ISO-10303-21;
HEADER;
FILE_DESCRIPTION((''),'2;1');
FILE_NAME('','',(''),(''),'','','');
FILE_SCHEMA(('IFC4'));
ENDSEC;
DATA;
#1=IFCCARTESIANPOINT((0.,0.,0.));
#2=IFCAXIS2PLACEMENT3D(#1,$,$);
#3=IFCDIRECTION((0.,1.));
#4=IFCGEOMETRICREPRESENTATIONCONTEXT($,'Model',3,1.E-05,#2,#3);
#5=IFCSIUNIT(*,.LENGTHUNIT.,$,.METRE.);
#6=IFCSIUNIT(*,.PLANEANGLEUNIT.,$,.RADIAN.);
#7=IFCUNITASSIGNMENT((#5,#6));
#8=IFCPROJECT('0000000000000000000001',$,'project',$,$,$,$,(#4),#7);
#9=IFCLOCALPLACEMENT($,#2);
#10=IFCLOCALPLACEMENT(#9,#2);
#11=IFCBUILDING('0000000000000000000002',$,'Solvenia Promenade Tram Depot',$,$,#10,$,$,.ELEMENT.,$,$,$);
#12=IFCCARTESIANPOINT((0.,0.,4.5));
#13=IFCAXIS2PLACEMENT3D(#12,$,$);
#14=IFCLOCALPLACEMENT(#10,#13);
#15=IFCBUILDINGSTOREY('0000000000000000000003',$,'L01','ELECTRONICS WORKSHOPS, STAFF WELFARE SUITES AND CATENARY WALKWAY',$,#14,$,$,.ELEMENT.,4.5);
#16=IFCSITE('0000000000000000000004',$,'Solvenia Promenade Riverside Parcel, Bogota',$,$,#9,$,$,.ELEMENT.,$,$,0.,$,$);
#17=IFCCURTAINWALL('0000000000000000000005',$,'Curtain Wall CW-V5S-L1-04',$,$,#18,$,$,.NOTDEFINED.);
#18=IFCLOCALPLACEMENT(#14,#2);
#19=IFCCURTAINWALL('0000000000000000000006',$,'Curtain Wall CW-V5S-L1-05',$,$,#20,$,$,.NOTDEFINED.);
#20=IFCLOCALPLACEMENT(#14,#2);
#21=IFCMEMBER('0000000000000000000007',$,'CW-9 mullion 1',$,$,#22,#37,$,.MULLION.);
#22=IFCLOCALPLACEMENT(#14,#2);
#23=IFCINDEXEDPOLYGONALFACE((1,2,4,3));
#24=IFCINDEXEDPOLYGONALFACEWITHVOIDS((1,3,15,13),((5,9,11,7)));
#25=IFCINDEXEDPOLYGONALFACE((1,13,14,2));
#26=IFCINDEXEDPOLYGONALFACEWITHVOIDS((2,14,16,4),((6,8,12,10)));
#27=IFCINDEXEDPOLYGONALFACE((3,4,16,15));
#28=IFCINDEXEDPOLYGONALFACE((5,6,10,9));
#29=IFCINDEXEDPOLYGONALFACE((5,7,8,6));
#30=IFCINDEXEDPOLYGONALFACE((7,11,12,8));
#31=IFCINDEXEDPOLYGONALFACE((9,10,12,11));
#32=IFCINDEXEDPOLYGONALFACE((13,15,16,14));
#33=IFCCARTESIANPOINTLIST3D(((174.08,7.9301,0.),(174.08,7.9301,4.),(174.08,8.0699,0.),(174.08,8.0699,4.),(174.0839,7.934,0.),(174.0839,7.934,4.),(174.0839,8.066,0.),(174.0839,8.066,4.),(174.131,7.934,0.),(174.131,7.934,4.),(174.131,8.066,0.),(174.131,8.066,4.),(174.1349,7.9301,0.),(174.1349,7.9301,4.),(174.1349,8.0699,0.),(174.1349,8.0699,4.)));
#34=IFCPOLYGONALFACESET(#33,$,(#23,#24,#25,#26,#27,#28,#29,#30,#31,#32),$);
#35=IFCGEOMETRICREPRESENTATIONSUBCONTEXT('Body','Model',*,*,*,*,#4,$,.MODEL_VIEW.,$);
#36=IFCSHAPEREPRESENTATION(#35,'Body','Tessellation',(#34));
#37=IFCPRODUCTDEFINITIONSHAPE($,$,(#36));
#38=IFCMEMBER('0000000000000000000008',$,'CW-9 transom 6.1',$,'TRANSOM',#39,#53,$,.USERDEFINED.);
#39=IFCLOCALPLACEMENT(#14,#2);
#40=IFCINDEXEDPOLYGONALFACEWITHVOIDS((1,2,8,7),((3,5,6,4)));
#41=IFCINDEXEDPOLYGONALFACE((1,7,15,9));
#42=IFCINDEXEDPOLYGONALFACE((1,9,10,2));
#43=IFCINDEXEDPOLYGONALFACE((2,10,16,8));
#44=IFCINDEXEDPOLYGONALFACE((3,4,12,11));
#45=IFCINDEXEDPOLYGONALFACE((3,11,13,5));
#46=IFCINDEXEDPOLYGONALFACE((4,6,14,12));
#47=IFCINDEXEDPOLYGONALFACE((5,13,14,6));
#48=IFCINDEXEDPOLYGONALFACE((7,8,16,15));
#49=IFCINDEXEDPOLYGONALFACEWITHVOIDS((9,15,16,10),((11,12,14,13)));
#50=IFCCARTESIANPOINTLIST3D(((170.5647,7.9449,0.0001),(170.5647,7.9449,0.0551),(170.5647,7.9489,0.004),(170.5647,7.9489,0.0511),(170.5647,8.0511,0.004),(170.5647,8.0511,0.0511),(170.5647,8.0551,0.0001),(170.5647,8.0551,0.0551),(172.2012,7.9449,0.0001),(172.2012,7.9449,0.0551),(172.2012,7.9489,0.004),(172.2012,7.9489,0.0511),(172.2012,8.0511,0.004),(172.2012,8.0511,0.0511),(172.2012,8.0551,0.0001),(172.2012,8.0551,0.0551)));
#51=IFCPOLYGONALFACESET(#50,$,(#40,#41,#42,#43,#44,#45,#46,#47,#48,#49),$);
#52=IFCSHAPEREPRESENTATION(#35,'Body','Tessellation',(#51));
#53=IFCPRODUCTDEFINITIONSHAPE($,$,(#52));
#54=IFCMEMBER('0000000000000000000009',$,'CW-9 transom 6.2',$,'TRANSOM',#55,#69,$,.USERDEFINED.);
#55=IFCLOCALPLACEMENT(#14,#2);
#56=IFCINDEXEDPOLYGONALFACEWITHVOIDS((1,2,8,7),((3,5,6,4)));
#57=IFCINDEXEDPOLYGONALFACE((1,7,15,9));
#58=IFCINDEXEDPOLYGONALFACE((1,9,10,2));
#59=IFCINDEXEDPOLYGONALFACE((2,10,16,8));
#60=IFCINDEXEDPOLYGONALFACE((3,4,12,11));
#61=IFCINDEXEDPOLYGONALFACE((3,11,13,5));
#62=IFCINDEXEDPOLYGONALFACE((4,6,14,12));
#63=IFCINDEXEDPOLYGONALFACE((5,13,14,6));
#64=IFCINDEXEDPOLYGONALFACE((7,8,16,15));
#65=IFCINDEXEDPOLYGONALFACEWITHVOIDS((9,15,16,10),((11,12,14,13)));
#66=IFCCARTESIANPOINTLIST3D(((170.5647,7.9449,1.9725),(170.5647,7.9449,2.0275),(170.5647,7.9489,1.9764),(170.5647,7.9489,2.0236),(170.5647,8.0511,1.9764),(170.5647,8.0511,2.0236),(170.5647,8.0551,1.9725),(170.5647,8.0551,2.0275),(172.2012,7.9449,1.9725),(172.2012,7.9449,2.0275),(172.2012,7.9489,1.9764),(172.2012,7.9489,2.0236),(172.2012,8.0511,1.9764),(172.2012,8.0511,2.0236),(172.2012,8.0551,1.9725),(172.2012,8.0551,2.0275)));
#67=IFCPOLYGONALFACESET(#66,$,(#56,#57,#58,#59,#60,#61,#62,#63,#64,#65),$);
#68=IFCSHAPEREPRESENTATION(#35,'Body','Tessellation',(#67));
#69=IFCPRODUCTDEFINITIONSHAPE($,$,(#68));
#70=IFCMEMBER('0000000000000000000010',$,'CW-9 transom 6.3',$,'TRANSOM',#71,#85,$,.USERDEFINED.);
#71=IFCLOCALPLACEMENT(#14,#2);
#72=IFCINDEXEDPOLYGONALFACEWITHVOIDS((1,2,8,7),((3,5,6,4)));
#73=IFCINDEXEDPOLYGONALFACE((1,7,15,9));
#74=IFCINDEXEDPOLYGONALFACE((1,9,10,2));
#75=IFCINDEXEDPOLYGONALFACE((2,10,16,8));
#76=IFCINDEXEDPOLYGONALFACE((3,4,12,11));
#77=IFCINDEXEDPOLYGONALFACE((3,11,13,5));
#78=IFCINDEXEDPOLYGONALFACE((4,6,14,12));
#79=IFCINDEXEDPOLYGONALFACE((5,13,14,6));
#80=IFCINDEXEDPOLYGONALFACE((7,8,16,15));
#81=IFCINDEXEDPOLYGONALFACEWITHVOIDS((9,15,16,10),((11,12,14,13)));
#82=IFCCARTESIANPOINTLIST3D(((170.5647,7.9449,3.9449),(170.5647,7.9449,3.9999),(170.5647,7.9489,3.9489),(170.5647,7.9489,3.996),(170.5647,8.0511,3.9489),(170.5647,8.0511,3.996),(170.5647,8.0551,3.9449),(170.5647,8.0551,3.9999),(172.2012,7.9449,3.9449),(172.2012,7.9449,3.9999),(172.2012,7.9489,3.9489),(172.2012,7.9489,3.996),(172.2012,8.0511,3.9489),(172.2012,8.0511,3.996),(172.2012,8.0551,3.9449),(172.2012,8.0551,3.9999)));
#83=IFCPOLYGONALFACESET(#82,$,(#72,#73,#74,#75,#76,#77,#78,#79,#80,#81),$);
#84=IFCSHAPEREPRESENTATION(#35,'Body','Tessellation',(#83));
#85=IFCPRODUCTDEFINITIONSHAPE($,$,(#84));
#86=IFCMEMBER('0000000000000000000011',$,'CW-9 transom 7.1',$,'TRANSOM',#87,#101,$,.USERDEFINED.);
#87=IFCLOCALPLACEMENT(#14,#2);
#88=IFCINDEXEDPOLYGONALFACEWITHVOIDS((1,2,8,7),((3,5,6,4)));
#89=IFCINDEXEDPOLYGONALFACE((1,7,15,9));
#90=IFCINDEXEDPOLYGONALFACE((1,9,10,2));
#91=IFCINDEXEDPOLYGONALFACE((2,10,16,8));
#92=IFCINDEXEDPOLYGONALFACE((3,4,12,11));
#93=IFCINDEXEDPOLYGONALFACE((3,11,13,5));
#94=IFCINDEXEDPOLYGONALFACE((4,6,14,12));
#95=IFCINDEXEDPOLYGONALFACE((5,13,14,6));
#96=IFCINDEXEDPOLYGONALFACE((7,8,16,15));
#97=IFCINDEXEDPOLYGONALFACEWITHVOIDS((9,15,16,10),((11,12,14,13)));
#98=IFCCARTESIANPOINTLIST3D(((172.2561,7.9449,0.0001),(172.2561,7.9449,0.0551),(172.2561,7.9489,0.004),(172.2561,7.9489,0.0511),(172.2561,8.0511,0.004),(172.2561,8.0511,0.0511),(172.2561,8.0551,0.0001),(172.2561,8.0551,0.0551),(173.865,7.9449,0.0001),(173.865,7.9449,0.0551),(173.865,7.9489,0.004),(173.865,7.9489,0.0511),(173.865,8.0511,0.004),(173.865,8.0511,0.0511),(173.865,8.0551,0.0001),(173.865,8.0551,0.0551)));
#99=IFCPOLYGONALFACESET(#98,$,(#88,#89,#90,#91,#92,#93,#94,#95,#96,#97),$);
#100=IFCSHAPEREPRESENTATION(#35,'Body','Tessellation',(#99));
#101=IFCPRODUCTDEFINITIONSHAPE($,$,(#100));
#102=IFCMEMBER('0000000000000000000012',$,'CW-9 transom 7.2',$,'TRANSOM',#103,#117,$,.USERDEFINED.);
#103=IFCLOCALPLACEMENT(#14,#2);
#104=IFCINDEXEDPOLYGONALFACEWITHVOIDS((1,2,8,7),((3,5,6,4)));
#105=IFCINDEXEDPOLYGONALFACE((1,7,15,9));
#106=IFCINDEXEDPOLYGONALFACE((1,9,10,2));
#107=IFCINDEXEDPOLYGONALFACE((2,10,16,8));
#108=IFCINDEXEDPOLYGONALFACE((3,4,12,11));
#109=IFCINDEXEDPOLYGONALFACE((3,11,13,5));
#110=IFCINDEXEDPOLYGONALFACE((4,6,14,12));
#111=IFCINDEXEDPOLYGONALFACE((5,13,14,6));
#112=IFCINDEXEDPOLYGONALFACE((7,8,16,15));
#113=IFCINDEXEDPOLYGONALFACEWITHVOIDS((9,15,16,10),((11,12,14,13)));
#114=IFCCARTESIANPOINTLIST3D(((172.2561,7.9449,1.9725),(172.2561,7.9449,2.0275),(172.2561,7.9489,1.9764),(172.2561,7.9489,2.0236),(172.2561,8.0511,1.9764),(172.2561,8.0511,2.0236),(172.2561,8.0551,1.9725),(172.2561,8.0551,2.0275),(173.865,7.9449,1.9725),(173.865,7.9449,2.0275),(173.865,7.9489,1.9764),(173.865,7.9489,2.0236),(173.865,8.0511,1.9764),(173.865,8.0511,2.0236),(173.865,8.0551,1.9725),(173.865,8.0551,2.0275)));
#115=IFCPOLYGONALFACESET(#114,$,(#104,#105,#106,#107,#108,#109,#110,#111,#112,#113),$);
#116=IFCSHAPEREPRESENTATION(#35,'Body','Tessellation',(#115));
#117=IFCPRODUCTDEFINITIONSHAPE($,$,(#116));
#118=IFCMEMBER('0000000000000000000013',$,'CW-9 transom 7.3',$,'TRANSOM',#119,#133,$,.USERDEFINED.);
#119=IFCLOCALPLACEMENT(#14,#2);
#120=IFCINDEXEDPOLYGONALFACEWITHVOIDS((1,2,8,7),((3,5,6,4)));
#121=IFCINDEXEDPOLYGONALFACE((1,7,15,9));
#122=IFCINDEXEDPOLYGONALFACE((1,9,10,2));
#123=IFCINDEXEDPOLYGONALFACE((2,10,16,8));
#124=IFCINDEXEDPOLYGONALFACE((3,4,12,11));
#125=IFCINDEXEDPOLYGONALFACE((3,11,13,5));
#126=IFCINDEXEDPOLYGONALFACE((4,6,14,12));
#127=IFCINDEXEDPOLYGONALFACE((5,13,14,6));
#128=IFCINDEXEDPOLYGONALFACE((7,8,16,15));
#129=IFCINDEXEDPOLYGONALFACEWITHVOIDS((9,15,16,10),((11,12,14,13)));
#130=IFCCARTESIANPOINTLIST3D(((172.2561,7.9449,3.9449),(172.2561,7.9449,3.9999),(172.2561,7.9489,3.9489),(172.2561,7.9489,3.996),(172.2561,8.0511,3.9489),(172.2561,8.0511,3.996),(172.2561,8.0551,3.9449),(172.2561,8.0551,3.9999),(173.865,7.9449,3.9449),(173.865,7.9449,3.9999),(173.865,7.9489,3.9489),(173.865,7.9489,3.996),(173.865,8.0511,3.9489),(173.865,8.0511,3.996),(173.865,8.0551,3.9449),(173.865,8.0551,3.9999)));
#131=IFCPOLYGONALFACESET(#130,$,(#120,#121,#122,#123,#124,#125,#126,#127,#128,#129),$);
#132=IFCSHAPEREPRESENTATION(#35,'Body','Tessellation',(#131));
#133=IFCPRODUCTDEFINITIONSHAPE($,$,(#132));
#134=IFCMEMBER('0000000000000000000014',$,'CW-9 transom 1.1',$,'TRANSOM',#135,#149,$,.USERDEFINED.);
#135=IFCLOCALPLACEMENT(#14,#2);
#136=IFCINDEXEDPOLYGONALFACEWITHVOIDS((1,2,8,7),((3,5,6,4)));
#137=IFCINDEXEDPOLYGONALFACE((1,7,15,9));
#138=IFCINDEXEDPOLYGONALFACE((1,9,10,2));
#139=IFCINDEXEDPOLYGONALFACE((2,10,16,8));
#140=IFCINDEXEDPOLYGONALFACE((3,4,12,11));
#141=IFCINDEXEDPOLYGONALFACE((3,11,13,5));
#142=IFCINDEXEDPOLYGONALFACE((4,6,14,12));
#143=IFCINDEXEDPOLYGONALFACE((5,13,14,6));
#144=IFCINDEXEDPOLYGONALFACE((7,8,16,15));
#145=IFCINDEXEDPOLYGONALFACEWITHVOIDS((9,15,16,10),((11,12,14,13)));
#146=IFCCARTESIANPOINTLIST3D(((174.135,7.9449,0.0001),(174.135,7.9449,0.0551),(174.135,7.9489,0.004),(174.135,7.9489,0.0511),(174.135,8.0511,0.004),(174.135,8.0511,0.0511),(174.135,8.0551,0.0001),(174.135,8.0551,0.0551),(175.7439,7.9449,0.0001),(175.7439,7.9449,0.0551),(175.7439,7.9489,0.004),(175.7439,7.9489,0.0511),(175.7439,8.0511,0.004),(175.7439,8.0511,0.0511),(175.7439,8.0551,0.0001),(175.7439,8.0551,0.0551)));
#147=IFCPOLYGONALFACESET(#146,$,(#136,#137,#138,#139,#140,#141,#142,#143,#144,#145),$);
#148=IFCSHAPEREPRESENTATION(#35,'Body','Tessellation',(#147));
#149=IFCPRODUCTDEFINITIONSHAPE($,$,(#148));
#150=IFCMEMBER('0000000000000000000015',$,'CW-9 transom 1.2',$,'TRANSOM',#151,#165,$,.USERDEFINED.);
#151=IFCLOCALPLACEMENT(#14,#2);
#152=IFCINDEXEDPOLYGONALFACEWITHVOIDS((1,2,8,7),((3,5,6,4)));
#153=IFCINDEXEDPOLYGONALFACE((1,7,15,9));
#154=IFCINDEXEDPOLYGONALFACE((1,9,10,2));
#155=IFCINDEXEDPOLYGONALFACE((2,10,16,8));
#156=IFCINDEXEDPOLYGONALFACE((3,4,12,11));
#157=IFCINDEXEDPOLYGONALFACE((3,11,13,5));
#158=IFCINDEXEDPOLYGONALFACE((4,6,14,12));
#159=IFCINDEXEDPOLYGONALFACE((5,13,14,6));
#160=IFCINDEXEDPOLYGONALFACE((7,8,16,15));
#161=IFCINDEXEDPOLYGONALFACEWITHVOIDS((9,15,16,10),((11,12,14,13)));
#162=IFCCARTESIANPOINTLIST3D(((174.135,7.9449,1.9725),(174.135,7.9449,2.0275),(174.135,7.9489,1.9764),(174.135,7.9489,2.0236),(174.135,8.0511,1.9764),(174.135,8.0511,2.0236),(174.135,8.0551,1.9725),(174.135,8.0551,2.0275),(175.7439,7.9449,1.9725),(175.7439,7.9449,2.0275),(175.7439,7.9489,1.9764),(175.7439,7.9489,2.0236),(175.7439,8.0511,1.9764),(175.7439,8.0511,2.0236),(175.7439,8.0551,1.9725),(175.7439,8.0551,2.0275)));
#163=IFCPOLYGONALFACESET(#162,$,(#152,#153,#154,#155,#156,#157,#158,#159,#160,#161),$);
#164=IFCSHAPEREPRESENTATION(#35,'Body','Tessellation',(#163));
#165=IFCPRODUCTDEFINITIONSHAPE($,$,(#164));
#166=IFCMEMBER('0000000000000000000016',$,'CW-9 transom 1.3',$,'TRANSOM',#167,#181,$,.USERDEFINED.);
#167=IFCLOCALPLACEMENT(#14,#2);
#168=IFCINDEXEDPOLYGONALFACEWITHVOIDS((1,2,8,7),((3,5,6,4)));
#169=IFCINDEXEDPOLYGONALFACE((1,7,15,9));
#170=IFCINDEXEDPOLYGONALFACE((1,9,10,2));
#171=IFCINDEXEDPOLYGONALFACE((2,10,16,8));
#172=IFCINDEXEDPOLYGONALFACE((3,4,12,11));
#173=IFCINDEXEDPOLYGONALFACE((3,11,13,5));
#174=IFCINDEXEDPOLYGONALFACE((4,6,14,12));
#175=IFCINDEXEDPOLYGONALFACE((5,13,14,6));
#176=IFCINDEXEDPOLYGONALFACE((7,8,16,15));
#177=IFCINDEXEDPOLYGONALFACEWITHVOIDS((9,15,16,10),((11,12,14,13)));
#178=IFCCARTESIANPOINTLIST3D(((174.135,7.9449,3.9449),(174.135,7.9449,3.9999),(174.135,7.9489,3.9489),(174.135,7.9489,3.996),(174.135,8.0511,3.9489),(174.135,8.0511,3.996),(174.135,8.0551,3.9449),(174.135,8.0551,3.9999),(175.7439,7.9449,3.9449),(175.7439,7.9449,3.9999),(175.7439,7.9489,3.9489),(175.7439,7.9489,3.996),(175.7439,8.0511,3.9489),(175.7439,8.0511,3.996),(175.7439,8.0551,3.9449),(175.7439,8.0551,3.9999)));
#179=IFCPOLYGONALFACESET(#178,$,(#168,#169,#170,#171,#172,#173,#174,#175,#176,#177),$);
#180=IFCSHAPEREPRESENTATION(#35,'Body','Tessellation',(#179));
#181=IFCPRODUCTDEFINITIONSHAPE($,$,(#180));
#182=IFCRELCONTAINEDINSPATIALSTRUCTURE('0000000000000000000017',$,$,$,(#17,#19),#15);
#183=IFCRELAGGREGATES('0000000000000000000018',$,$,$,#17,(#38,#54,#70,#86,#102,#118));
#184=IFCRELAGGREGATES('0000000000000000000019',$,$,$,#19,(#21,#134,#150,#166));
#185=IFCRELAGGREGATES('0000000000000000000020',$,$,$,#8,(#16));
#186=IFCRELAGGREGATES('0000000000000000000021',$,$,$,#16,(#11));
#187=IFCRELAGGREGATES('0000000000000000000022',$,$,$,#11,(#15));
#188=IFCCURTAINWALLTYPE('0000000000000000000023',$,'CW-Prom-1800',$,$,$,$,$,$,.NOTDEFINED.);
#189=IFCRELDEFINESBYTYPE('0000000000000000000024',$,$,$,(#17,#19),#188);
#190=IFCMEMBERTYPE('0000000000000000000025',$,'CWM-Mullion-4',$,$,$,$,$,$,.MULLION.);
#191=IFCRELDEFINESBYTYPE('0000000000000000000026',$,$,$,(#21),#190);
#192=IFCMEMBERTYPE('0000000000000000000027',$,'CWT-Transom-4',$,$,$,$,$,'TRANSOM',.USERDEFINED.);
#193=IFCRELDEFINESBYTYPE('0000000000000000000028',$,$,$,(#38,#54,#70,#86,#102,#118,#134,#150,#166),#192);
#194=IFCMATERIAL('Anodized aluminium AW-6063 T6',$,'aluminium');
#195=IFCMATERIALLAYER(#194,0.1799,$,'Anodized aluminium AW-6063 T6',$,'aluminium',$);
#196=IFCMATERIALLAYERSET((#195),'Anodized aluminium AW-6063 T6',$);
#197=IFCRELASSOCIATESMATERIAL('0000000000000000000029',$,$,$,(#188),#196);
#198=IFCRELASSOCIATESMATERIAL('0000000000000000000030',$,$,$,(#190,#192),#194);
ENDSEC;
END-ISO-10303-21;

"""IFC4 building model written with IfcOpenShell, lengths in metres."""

from ifc_helpers import new_model, si_unit, direction, frame, origin, origin_2d, place, context, subcontext, project, spatial, hollow_rectangle, extrude, material, layer, layer_set, material_profile, profile_set, type_object, element, aggregate, save


model = new_model("IFC4")

# Units and contexts
model_context = context("Model", 3, precision=1e-05, world=origin(), true_north=direction((0.0, 1.0)))
body_context = subcontext(model_context, "Body", "Model", "MODEL_VIEW")
ifc_project = project(units=[si_unit("LENGTHUNIT", "METRE"), si_unit("PLANEANGLEUNIT", "RADIAN")], contexts=[model_context])

# Site, building, storey
site_placement = place(None, origin())
site = spatial("IfcSite", under=ifc_project, at=site_placement, Name="Solvenia Promenade Riverside Parcel, Bogota", CompositionType="ELEMENT", RefElevation=0.0)
building_placement = place(site_placement, origin())
building = spatial("IfcBuilding", under=site, at=building_placement, Name="Solvenia Promenade Tram Depot", CompositionType="ELEMENT")
storey_placement = place(building_placement, frame((0.0, 0.0, 4.5)))
storey = spatial("IfcBuildingStorey", under=building, at=storey_placement, Name="L01", Description="ELECTRONICS WORKSHOPS, STAFF WELFARE SUITES AND CATENARY WALKWAY", CompositionType="ELEMENT", Elevation=4.5)

# Curtain wall
ifc_material_1 = material(Name="Anodized aluminium AW-6063 T6", Category="aluminium")
ifc_layer_1 = layer(ifc_material_1, 0.1799, Name="Anodized aluminium AW-6063 T6", Category="aluminium")
ifc_layer_set_1 = layer_set([ifc_layer_1], Name="Anodized aluminium AW-6063 T6")
curtain_wall_type = type_object("IfcCurtainWallType", Name="CW-Prom-1800", PredefinedType="NOTDEFINED", material=ifc_layer_set_1)
curtain_wall_1_placement = place(storey_placement, origin())
curtain_wall_1 = element("IfcCurtainWall", 1, at=curtain_wall_1_placement, inside=storey, type_object=curtain_wall_type, Name="Curtain Wall CW-V5S-L1-04", PredefinedType="NOTDEFINED")
ifc_material_profile_1 = material_profile(ifc_material_1, hollow_rectangle(XDim=0.1399, YDim=0.0549, WallThickness=0.0039, at=origin_2d()), Name="ALU-M4", Category="aluminium")
ifc_profile_set_1 = profile_set([ifc_material_profile_1], Name="Anodized aluminium AW-6063 T6")
member_type_1 = type_object("IfcMemberType", Name="CWM-Mullion-4", PredefinedType="MULLION", material=ifc_profile_set_1)

# Curtain wall, member
curtain_wall_2_placement = place(storey_placement, origin())
curtain_wall_2 = element("IfcCurtainWall", 2, at=curtain_wall_2_placement, inside=storey, type_object=curtain_wall_type, Name="Curtain Wall CW-V5S-L1-05", PredefinedType="NOTDEFINED")
member_1_placement = place(storey_placement, frame((174.1074, 8.0, 0.0), z_axis=(0.0, 0.0, 1.0), x_axis=(0.0, 1.0, 0.0)))
member_1 = element("IfcMember", 3, at=member_1_placement, type_object=member_type_1, Name="CW-9 mullion 1", PredefinedType="MULLION", context=body_context, shape_type="SweptSolid", body=[
    extrude(hollow_rectangle(XDim=0.1399, YDim=0.0549, WallThickness=0.0039, at=origin_2d()), origin(), (0.0, 0.0, 1.0), 4.0),
])

# Members
ifc_material_profile_2 = material_profile(ifc_material_1, hollow_rectangle(XDim=0.1101, YDim=0.0549, WallThickness=0.0039, at=origin_2d()), Name="ALU-T4", Category="aluminium")
ifc_profile_set_2 = profile_set([ifc_material_profile_2], Name="Anodized aluminium AW-6063 T6")
member_type_2 = type_object("IfcMemberType", Name="CWT-Transom-4", ElementType="TRANSOM", PredefinedType="USERDEFINED", material=ifc_profile_set_2)
member_2_placement = place(storey_placement, frame((170.5647, 8.0, 0.0276), z_axis=(1.0, 0.0, 0.0), x_axis=(0.0, 1.0, 0.0)))
member_2 = element("IfcMember", 4, at=member_2_placement, type_object=member_type_2, Name="CW-9 transom 6.1", ObjectType="TRANSOM", PredefinedType="USERDEFINED", context=body_context, shape_type="SweptSolid", body=[
    extrude(hollow_rectangle(XDim=0.1101, YDim=0.0549, WallThickness=0.0039, at=origin_2d()), origin(), (0.0, 0.0, 1.0), 1.6365),
])
member_3_placement = place(storey_placement, frame((170.5647, 8.0, 2.0), z_axis=(1.0, 0.0, 0.0), x_axis=(0.0, 1.0, 0.0)))
member_3 = element("IfcMember", 5, at=member_3_placement, type_object=member_type_2, Name="CW-9 transom 6.2", ObjectType="TRANSOM", PredefinedType="USERDEFINED", context=body_context, shape_type="SweptSolid", body=[
    extrude(hollow_rectangle(XDim=0.1101, YDim=0.0549, WallThickness=0.0039, at=origin_2d()), origin(), (0.0, 0.0, 1.0), 1.6365),
])
member_4_placement = place(storey_placement, frame((170.5647, 8.0, 3.9724), z_axis=(1.0, 0.0, 0.0), x_axis=(0.0, 1.0, 0.0)))
member_4 = element("IfcMember", 6, at=member_4_placement, type_object=member_type_2, Name="CW-9 transom 6.3", ObjectType="TRANSOM", PredefinedType="USERDEFINED", context=body_context, shape_type="SweptSolid", body=[
    extrude(hollow_rectangle(XDim=0.1101, YDim=0.0549, WallThickness=0.0039, at=origin_2d()), origin(), (0.0, 0.0, 1.0), 1.6365),
])
member_5_placement = place(storey_placement, frame((172.2561, 8.0, 0.0276), z_axis=(1.0, 0.0, 0.0), x_axis=(0.0, 1.0, 0.0)))
member_5 = element("IfcMember", 7, at=member_5_placement, type_object=member_type_2, Name="CW-9 transom 7.1", ObjectType="TRANSOM", PredefinedType="USERDEFINED", context=body_context, shape_type="SweptSolid", body=[
    extrude(hollow_rectangle(XDim=0.1101, YDim=0.0549, WallThickness=0.0039, at=origin_2d()), origin(), (0.0, 0.0, 1.0), 1.6089),
])
member_6_placement = place(storey_placement, frame((172.2561, 8.0, 2.0), z_axis=(1.0, 0.0, 0.0), x_axis=(0.0, 1.0, 0.0)))
member_6 = element("IfcMember", 8, at=member_6_placement, type_object=member_type_2, Name="CW-9 transom 7.2", ObjectType="TRANSOM", PredefinedType="USERDEFINED", context=body_context, shape_type="SweptSolid", body=[
    extrude(hollow_rectangle(XDim=0.1101, YDim=0.0549, WallThickness=0.0039, at=origin_2d()), origin(), (0.0, 0.0, 1.0), 1.6089),
])
member_7_placement = place(storey_placement, frame((172.2561, 8.0, 3.9724), z_axis=(1.0, 0.0, 0.0), x_axis=(0.0, 1.0, 0.0)))
member_7 = element("IfcMember", 9, at=member_7_placement, type_object=member_type_2, Name="CW-9 transom 7.3", ObjectType="TRANSOM", PredefinedType="USERDEFINED", context=body_context, shape_type="SweptSolid", body=[
    extrude(hollow_rectangle(XDim=0.1101, YDim=0.0549, WallThickness=0.0039, at=origin_2d()), origin(), (0.0, 0.0, 1.0), 1.6089),
])
member_8_placement = place(storey_placement, frame((174.135, 8.0, 0.0276), z_axis=(1.0, 0.0, 0.0), x_axis=(0.0, 1.0, 0.0)))
member_8 = element("IfcMember", 10, at=member_8_placement, type_object=member_type_2, Name="CW-9 transom 1.1", ObjectType="TRANSOM", PredefinedType="USERDEFINED", context=body_context, shape_type="SweptSolid", body=[
    extrude(hollow_rectangle(XDim=0.1101, YDim=0.0549, WallThickness=0.0039, at=origin_2d()), origin(), (0.0, 0.0, 1.0), 1.6089),
])
member_9_placement = place(storey_placement, frame((174.135, 8.0, 2.0), z_axis=(1.0, 0.0, 0.0), x_axis=(0.0, 1.0, 0.0)))
member_9 = element("IfcMember", 11, at=member_9_placement, type_object=member_type_2, Name="CW-9 transom 1.2", ObjectType="TRANSOM", PredefinedType="USERDEFINED", context=body_context, shape_type="SweptSolid", body=[
    extrude(hollow_rectangle(XDim=0.1101, YDim=0.0549, WallThickness=0.0039, at=origin_2d()), origin(), (0.0, 0.0, 1.0), 1.6089),
])
member_10_placement = place(storey_placement, frame((174.135, 8.0, 3.9724), z_axis=(1.0, 0.0, 0.0), x_axis=(0.0, 1.0, 0.0)))
member_10 = element("IfcMember", 12, at=member_10_placement, type_object=member_type_2, Name="CW-9 transom 1.3", ObjectType="TRANSOM", PredefinedType="USERDEFINED", context=body_context, shape_type="SweptSolid", body=[
    extrude(hollow_rectangle(XDim=0.1101, YDim=0.0549, WallThickness=0.0039, at=origin_2d()), origin(), (0.0, 0.0, 1.0), 1.6089),
])

aggregate(curtain_wall_1, [member_2, member_3, member_4, member_5, member_6, member_7])
aggregate(curtain_wall_2, [member_1, member_8, member_9, member_10])

save(model, "model.ifc")
